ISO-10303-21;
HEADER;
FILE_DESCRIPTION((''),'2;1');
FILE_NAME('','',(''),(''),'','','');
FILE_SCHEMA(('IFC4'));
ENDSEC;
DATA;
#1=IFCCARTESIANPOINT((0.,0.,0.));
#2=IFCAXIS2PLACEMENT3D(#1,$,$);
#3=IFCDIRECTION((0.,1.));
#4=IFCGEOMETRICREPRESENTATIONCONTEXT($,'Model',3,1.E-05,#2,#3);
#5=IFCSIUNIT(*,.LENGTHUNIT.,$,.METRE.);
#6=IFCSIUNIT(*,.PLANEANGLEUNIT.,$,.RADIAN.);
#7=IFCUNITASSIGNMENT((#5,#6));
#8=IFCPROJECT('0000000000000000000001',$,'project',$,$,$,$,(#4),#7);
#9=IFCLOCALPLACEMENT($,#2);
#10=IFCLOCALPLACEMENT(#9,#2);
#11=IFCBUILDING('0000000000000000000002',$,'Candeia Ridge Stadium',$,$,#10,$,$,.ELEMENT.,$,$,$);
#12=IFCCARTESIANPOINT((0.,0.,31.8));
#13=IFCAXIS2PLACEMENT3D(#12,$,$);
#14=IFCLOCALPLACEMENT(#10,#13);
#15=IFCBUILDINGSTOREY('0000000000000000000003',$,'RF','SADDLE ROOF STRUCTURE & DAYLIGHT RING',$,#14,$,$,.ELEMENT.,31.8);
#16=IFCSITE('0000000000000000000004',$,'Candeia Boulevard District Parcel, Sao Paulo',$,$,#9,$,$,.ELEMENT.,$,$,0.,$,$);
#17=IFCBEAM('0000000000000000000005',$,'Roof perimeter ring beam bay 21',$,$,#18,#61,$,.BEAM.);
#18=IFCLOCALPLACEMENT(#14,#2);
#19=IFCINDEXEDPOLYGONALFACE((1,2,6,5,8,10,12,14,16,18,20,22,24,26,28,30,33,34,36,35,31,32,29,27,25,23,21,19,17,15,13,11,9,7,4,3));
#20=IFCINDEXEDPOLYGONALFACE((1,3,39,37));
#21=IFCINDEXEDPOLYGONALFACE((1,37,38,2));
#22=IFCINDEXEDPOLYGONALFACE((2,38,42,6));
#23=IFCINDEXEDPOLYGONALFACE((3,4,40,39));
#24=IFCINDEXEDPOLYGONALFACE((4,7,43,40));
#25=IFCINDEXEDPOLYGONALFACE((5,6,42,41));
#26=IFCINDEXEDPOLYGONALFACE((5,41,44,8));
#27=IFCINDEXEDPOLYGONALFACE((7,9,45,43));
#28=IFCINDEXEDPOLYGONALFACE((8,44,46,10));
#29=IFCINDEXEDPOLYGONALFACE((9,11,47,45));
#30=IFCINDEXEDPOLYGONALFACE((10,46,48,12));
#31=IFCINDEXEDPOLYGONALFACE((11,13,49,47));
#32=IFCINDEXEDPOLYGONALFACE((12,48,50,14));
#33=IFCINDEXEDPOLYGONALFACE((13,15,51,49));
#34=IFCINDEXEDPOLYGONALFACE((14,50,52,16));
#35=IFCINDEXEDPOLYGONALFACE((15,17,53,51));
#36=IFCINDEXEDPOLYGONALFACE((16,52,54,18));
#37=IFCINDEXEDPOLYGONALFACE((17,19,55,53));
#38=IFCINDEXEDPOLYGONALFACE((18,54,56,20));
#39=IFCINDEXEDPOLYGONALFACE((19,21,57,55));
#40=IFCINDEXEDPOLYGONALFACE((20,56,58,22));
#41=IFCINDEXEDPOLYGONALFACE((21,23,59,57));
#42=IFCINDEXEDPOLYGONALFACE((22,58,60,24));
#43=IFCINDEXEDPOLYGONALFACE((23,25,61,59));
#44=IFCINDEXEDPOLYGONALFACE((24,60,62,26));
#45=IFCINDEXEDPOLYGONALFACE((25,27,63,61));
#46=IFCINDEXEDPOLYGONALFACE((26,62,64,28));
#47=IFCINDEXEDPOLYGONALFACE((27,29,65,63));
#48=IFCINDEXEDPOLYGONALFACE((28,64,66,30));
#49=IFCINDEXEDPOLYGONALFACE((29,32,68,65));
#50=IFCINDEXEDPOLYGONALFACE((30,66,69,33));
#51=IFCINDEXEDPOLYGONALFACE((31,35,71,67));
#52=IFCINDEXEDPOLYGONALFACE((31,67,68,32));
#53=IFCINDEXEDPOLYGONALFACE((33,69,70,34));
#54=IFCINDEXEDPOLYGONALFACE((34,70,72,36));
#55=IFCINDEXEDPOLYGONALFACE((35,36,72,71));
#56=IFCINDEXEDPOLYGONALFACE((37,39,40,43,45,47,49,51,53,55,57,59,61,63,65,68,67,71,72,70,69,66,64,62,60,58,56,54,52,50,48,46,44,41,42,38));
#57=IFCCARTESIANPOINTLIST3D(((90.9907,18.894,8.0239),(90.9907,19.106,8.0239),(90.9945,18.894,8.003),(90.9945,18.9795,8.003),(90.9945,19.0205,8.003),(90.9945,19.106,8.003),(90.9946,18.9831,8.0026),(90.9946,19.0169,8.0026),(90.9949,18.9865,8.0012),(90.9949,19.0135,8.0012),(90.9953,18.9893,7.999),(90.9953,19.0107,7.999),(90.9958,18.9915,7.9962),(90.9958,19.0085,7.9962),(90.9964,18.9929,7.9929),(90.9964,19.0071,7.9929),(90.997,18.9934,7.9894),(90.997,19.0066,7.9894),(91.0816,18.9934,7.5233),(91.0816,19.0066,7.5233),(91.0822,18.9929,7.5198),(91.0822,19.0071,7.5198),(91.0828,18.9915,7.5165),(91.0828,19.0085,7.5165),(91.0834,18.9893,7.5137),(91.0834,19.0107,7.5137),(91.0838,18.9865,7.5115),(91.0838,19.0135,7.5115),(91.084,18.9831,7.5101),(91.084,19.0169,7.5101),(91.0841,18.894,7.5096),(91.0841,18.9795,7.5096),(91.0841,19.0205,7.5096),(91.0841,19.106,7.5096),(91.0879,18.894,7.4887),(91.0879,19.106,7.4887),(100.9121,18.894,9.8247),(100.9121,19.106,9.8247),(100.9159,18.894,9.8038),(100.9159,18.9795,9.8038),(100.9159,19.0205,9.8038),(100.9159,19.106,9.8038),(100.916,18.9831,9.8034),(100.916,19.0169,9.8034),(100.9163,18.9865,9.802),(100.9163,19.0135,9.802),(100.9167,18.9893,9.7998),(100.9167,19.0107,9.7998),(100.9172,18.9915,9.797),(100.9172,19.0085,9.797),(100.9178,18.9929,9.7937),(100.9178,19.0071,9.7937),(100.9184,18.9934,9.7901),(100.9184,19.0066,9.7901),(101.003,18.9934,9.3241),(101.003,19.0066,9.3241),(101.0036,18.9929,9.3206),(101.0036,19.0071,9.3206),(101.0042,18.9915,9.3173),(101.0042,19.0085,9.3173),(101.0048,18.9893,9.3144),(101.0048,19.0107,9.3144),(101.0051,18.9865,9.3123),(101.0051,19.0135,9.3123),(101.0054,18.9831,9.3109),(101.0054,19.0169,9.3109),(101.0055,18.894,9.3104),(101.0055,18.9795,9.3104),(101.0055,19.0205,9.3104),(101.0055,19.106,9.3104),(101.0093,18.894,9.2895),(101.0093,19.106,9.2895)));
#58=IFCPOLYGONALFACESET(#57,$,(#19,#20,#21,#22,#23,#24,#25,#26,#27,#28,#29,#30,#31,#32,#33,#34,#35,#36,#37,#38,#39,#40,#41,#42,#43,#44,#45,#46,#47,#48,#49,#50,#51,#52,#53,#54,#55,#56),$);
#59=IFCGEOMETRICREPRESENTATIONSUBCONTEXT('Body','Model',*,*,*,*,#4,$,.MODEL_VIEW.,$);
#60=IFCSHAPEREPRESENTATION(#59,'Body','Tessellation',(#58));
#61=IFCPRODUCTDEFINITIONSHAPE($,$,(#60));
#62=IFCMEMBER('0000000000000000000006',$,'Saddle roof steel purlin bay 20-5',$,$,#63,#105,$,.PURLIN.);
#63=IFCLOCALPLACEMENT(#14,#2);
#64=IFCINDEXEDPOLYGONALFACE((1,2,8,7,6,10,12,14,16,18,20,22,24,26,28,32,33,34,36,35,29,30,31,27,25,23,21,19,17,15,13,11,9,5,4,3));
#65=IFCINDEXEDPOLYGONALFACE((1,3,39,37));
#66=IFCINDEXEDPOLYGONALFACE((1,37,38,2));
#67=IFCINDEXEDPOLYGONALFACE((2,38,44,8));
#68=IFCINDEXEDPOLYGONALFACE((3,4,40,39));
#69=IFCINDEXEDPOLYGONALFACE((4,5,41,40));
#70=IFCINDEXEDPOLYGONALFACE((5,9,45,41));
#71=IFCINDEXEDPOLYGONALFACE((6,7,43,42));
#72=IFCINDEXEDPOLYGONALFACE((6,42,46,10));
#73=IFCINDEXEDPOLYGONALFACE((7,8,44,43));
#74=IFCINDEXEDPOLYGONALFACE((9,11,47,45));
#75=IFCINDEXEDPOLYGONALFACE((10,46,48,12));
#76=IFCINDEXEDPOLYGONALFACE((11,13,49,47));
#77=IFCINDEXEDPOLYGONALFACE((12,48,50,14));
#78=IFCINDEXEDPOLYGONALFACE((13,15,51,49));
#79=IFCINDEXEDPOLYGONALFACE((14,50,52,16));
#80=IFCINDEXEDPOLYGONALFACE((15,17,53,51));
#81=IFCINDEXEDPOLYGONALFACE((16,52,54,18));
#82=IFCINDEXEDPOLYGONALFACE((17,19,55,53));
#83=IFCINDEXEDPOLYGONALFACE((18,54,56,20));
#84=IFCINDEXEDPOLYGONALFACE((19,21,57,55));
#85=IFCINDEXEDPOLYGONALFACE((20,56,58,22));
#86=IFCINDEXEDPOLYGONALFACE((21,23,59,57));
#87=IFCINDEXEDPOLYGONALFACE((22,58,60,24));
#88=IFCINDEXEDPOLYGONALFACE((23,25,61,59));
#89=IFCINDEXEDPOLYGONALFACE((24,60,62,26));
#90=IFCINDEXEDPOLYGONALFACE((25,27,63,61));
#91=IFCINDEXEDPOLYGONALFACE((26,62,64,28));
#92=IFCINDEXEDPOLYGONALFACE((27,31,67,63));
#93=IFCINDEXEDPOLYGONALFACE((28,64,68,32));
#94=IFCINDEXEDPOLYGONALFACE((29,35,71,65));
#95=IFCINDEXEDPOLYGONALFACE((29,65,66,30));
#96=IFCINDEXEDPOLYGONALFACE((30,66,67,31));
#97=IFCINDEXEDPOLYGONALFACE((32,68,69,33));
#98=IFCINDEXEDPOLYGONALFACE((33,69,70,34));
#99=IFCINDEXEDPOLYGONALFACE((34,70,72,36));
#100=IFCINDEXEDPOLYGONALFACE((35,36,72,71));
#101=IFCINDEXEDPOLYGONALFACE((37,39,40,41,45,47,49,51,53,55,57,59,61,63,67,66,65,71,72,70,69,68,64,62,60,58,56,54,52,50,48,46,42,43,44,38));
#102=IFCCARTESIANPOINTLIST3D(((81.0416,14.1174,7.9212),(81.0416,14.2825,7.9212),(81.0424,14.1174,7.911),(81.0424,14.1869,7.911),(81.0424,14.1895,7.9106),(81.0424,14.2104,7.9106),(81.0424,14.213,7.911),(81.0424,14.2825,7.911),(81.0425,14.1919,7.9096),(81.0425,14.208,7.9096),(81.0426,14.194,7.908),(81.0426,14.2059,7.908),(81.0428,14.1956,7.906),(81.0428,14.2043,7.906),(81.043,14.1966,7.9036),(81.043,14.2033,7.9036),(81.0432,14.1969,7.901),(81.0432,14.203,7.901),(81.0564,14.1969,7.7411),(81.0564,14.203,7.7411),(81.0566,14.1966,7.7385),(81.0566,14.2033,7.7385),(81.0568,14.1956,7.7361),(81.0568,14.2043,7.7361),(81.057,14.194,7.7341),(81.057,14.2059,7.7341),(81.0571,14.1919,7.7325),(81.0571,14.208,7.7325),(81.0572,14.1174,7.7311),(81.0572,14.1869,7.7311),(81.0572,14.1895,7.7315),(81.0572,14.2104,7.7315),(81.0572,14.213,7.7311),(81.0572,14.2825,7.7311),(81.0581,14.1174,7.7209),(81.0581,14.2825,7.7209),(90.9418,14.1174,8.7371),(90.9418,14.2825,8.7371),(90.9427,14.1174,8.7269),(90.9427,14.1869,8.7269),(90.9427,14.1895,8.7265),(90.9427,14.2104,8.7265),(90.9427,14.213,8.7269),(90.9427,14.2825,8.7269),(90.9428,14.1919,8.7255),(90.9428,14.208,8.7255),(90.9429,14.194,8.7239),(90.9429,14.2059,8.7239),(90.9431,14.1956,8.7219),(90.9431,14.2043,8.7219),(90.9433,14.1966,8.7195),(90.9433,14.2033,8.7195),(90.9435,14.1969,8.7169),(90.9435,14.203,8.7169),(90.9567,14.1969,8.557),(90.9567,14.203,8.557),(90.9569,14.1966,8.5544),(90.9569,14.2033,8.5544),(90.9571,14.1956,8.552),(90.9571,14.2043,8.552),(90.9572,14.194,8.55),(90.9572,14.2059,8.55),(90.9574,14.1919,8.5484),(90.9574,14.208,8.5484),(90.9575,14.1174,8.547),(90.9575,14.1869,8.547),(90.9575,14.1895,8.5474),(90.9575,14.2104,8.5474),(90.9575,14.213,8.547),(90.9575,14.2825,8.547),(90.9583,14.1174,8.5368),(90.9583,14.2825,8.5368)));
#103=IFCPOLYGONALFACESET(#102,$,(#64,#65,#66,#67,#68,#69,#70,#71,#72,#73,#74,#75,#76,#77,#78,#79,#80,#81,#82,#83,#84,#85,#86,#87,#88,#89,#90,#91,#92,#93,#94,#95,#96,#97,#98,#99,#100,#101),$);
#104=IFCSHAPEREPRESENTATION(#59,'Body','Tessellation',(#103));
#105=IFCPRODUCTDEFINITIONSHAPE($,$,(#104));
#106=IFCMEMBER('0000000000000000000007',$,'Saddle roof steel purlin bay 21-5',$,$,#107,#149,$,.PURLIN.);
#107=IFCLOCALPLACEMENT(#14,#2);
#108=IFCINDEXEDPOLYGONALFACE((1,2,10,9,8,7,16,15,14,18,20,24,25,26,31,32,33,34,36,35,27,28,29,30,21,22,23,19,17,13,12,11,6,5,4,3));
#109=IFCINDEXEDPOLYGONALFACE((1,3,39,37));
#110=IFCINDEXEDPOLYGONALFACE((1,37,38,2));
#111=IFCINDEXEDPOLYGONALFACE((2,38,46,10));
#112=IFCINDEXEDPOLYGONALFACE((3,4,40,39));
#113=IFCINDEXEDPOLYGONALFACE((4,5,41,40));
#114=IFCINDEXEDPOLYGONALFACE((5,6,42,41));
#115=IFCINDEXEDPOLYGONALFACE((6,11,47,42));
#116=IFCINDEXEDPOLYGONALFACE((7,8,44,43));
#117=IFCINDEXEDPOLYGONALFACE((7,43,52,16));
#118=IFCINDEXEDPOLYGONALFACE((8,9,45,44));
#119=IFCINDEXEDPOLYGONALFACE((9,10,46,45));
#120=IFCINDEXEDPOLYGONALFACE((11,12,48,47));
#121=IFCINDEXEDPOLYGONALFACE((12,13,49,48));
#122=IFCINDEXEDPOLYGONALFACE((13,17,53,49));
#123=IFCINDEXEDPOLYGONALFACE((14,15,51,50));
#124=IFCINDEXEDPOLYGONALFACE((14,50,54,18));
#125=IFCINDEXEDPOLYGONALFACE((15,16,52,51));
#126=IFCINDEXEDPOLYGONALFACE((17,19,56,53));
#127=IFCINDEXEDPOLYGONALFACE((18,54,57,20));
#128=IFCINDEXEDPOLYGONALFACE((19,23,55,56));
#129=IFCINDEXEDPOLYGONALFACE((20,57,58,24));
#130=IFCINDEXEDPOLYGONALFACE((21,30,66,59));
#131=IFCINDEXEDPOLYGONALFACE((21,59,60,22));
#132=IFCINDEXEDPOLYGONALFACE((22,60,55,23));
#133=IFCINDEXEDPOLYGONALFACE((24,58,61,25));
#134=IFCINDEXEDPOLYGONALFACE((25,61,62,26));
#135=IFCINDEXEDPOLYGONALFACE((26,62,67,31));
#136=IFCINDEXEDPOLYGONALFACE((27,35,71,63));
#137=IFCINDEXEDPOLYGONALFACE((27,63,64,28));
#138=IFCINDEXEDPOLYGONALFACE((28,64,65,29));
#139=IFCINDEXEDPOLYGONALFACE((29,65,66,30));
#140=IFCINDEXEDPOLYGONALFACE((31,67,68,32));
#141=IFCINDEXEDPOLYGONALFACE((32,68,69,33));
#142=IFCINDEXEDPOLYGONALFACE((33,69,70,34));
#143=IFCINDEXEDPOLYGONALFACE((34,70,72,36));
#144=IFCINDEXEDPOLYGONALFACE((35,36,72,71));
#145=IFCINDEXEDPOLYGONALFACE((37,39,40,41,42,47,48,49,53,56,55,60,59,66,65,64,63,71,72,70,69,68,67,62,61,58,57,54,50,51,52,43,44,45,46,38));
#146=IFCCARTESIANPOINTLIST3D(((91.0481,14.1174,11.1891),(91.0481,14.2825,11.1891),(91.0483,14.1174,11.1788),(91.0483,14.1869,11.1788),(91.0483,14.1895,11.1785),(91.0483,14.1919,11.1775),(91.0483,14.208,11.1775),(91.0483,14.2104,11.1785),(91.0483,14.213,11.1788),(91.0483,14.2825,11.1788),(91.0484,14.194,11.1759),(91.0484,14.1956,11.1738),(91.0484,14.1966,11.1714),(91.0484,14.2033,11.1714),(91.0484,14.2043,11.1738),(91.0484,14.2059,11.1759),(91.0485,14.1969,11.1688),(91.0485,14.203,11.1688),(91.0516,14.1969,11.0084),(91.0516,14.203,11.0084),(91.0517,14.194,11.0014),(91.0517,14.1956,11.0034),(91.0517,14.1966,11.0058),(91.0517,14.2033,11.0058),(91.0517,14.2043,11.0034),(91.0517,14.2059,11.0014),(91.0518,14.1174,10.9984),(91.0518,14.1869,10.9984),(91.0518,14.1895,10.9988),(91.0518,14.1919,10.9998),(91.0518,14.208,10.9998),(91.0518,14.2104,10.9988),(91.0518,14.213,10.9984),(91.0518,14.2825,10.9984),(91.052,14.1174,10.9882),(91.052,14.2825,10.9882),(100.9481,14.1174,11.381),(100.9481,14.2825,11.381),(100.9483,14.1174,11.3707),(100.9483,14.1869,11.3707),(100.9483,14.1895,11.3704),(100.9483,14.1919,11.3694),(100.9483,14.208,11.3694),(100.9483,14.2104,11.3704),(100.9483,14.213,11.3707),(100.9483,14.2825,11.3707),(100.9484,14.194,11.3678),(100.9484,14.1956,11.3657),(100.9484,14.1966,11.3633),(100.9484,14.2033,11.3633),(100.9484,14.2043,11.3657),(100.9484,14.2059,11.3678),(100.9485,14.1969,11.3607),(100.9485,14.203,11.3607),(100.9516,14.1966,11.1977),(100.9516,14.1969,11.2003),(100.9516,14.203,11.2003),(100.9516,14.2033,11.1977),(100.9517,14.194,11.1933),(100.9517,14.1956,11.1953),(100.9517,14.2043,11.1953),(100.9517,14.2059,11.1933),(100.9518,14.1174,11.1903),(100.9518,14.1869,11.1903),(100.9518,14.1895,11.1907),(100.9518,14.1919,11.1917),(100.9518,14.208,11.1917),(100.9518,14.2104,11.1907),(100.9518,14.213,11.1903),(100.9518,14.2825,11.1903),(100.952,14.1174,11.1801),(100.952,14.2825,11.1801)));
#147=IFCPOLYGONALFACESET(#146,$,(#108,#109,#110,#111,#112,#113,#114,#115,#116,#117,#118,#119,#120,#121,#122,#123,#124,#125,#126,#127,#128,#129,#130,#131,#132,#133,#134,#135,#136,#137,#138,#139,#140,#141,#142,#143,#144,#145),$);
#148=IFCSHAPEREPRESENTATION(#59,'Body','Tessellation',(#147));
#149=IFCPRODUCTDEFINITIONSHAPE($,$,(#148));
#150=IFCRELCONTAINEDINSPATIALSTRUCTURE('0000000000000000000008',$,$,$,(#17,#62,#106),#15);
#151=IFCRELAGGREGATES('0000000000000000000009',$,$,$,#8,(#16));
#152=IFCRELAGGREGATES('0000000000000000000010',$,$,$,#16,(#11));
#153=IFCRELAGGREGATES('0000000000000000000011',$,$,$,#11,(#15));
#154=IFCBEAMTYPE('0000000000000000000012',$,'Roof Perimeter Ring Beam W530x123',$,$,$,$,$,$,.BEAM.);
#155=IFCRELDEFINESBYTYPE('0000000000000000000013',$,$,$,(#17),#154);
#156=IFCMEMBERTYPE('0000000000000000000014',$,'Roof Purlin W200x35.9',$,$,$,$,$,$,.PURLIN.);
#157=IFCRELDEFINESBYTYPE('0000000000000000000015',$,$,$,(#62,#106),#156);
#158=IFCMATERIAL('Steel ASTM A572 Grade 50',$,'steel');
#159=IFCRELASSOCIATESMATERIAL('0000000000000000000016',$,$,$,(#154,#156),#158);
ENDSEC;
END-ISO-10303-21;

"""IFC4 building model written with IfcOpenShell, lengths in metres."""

from ifc_helpers import new_model, si_unit, direction, frame, origin, origin_2d, place, context, subcontext, project, spatial, i_section, extrude, material, material_profile, profile_set, type_object, element, save


model = new_model("IFC4")

# Units and contexts
model_context = context("Model", 3, precision=1e-05, world=origin(), true_north=direction((0.0, 1.0)))
body_context = subcontext(model_context, "Body", "Model", "MODEL_VIEW")
ifc_project = project(units=[si_unit("LENGTHUNIT", "METRE"), si_unit("PLANEANGLEUNIT", "RADIAN")], contexts=[model_context])

# Site, building, storey
site_placement = place(None, origin())
site = spatial("IfcSite", under=ifc_project, at=site_placement, Name="Candeia Boulevard District Parcel, Sao Paulo", CompositionType="ELEMENT", RefElevation=0.0)
building_placement = place(site_placement, origin())
building = spatial("IfcBuilding", under=site, at=building_placement, Name="Candeia Ridge Stadium", CompositionType="ELEMENT")
storey_placement = place(building_placement, frame((0.0, 0.0, 31.8)))
storey = spatial("IfcBuildingStorey", under=building, at=storey_placement, Name="RF", Description="SADDLE ROOF STRUCTURE & DAYLIGHT RING", CompositionType="ELEMENT", Elevation=31.8)

# Shared definitions
ifc_material_1 = material(Name="Steel ASTM A572 Grade 50", Category="steel")

# Beam
ifc_material_profile_1 = material_profile(ifc_material_1, i_section(OverallWidth=0.2119, OverallDepth=0.5439, WebThickness=0.0132, FlangeThickness=0.0212, FilletRadius=0.0139, at=origin_2d()), Name="W530x123", Category="steel")
ifc_profile_set_1 = profile_set([ifc_material_profile_1], Name="Steel ASTM A572 Grade 50")
beam_type_1 = type_object("IfcBeamType", Name="Roof Perimeter Ring Beam W530x123", PredefinedType="BEAM", material=ifc_profile_set_1)
beam_1_placement = place(storey_placement, frame((91.0393, 19.0, 7.7563), z_axis=(0.983924, 0.0, 0.178587), x_axis=(0.0, 1.0, 0.0)))
element("IfcBeam", 1, at=beam_1_placement, inside=storey, type_object=beam_type_1, Name="Roof perimeter ring beam bay 21", PredefinedType="BEAM", context=body_context, shape_type="SweptSolid", body=[
    extrude(i_section(OverallWidth=0.2119, OverallDepth=0.5439, WebThickness=0.0132, FlangeThickness=0.0212, FilletRadius=0.0139, at=origin_2d()), origin(), (0.0, 0.0, 1.0), 10.0835),
])

# Members
ifc_material_profile_2 = material_profile(ifc_material_1, i_section(OverallWidth=0.165, OverallDepth=0.2009, WebThickness=0.0061, FlangeThickness=0.0103, FilletRadius=0.01, at=origin_2d()), Name="W200x35.9", Category="steel")
ifc_profile_set_2 = profile_set([ifc_material_profile_2], Name="Steel ASTM A572 Grade 50")
member_type_1 = type_object("IfcMemberType", Name="Roof Purlin W200x35.9", PredefinedType="PURLIN", material=ifc_profile_set_2)
member_1_placement = place(storey_placement, frame((81.0498, 14.2, 7.821), z_axis=(0.996621, 0.0, 0.082134), x_axis=(0.0, 1.0, 0.0)))
element("IfcMember", 2, at=member_1_placement, inside=storey, type_object=member_type_1, Name="Saddle roof steel purlin bay 20-5", PredefinedType="PURLIN", context=body_context, shape_type="SweptSolid", body=[
    extrude(i_section(OverallWidth=0.165, OverallDepth=0.2009, WebThickness=0.0061, FlangeThickness=0.0103, FilletRadius=0.01, at=origin_2d()), origin(), (0.0, 0.0, 1.0), 9.9338),
])
member_2_placement = place(storey_placement, frame((91.05, 14.2, 11.0886), z_axis=(0.999812, 0.0, 0.01938), x_axis=(0.0, 1.0, 0.0)))
element("IfcMember", 3, at=member_2_placement, inside=storey, type_object=member_type_1, Name="Saddle roof steel purlin bay 21-5", PredefinedType="PURLIN", context=body_context, shape_type="SweptSolid", body=[
    extrude(i_section(OverallWidth=0.165, OverallDepth=0.2009, WebThickness=0.0061, FlangeThickness=0.0103, FilletRadius=0.01, at=origin_2d()), origin(), (0.0, 0.0, 1.0), 9.9019),
])

save(model, "model.ifc")
